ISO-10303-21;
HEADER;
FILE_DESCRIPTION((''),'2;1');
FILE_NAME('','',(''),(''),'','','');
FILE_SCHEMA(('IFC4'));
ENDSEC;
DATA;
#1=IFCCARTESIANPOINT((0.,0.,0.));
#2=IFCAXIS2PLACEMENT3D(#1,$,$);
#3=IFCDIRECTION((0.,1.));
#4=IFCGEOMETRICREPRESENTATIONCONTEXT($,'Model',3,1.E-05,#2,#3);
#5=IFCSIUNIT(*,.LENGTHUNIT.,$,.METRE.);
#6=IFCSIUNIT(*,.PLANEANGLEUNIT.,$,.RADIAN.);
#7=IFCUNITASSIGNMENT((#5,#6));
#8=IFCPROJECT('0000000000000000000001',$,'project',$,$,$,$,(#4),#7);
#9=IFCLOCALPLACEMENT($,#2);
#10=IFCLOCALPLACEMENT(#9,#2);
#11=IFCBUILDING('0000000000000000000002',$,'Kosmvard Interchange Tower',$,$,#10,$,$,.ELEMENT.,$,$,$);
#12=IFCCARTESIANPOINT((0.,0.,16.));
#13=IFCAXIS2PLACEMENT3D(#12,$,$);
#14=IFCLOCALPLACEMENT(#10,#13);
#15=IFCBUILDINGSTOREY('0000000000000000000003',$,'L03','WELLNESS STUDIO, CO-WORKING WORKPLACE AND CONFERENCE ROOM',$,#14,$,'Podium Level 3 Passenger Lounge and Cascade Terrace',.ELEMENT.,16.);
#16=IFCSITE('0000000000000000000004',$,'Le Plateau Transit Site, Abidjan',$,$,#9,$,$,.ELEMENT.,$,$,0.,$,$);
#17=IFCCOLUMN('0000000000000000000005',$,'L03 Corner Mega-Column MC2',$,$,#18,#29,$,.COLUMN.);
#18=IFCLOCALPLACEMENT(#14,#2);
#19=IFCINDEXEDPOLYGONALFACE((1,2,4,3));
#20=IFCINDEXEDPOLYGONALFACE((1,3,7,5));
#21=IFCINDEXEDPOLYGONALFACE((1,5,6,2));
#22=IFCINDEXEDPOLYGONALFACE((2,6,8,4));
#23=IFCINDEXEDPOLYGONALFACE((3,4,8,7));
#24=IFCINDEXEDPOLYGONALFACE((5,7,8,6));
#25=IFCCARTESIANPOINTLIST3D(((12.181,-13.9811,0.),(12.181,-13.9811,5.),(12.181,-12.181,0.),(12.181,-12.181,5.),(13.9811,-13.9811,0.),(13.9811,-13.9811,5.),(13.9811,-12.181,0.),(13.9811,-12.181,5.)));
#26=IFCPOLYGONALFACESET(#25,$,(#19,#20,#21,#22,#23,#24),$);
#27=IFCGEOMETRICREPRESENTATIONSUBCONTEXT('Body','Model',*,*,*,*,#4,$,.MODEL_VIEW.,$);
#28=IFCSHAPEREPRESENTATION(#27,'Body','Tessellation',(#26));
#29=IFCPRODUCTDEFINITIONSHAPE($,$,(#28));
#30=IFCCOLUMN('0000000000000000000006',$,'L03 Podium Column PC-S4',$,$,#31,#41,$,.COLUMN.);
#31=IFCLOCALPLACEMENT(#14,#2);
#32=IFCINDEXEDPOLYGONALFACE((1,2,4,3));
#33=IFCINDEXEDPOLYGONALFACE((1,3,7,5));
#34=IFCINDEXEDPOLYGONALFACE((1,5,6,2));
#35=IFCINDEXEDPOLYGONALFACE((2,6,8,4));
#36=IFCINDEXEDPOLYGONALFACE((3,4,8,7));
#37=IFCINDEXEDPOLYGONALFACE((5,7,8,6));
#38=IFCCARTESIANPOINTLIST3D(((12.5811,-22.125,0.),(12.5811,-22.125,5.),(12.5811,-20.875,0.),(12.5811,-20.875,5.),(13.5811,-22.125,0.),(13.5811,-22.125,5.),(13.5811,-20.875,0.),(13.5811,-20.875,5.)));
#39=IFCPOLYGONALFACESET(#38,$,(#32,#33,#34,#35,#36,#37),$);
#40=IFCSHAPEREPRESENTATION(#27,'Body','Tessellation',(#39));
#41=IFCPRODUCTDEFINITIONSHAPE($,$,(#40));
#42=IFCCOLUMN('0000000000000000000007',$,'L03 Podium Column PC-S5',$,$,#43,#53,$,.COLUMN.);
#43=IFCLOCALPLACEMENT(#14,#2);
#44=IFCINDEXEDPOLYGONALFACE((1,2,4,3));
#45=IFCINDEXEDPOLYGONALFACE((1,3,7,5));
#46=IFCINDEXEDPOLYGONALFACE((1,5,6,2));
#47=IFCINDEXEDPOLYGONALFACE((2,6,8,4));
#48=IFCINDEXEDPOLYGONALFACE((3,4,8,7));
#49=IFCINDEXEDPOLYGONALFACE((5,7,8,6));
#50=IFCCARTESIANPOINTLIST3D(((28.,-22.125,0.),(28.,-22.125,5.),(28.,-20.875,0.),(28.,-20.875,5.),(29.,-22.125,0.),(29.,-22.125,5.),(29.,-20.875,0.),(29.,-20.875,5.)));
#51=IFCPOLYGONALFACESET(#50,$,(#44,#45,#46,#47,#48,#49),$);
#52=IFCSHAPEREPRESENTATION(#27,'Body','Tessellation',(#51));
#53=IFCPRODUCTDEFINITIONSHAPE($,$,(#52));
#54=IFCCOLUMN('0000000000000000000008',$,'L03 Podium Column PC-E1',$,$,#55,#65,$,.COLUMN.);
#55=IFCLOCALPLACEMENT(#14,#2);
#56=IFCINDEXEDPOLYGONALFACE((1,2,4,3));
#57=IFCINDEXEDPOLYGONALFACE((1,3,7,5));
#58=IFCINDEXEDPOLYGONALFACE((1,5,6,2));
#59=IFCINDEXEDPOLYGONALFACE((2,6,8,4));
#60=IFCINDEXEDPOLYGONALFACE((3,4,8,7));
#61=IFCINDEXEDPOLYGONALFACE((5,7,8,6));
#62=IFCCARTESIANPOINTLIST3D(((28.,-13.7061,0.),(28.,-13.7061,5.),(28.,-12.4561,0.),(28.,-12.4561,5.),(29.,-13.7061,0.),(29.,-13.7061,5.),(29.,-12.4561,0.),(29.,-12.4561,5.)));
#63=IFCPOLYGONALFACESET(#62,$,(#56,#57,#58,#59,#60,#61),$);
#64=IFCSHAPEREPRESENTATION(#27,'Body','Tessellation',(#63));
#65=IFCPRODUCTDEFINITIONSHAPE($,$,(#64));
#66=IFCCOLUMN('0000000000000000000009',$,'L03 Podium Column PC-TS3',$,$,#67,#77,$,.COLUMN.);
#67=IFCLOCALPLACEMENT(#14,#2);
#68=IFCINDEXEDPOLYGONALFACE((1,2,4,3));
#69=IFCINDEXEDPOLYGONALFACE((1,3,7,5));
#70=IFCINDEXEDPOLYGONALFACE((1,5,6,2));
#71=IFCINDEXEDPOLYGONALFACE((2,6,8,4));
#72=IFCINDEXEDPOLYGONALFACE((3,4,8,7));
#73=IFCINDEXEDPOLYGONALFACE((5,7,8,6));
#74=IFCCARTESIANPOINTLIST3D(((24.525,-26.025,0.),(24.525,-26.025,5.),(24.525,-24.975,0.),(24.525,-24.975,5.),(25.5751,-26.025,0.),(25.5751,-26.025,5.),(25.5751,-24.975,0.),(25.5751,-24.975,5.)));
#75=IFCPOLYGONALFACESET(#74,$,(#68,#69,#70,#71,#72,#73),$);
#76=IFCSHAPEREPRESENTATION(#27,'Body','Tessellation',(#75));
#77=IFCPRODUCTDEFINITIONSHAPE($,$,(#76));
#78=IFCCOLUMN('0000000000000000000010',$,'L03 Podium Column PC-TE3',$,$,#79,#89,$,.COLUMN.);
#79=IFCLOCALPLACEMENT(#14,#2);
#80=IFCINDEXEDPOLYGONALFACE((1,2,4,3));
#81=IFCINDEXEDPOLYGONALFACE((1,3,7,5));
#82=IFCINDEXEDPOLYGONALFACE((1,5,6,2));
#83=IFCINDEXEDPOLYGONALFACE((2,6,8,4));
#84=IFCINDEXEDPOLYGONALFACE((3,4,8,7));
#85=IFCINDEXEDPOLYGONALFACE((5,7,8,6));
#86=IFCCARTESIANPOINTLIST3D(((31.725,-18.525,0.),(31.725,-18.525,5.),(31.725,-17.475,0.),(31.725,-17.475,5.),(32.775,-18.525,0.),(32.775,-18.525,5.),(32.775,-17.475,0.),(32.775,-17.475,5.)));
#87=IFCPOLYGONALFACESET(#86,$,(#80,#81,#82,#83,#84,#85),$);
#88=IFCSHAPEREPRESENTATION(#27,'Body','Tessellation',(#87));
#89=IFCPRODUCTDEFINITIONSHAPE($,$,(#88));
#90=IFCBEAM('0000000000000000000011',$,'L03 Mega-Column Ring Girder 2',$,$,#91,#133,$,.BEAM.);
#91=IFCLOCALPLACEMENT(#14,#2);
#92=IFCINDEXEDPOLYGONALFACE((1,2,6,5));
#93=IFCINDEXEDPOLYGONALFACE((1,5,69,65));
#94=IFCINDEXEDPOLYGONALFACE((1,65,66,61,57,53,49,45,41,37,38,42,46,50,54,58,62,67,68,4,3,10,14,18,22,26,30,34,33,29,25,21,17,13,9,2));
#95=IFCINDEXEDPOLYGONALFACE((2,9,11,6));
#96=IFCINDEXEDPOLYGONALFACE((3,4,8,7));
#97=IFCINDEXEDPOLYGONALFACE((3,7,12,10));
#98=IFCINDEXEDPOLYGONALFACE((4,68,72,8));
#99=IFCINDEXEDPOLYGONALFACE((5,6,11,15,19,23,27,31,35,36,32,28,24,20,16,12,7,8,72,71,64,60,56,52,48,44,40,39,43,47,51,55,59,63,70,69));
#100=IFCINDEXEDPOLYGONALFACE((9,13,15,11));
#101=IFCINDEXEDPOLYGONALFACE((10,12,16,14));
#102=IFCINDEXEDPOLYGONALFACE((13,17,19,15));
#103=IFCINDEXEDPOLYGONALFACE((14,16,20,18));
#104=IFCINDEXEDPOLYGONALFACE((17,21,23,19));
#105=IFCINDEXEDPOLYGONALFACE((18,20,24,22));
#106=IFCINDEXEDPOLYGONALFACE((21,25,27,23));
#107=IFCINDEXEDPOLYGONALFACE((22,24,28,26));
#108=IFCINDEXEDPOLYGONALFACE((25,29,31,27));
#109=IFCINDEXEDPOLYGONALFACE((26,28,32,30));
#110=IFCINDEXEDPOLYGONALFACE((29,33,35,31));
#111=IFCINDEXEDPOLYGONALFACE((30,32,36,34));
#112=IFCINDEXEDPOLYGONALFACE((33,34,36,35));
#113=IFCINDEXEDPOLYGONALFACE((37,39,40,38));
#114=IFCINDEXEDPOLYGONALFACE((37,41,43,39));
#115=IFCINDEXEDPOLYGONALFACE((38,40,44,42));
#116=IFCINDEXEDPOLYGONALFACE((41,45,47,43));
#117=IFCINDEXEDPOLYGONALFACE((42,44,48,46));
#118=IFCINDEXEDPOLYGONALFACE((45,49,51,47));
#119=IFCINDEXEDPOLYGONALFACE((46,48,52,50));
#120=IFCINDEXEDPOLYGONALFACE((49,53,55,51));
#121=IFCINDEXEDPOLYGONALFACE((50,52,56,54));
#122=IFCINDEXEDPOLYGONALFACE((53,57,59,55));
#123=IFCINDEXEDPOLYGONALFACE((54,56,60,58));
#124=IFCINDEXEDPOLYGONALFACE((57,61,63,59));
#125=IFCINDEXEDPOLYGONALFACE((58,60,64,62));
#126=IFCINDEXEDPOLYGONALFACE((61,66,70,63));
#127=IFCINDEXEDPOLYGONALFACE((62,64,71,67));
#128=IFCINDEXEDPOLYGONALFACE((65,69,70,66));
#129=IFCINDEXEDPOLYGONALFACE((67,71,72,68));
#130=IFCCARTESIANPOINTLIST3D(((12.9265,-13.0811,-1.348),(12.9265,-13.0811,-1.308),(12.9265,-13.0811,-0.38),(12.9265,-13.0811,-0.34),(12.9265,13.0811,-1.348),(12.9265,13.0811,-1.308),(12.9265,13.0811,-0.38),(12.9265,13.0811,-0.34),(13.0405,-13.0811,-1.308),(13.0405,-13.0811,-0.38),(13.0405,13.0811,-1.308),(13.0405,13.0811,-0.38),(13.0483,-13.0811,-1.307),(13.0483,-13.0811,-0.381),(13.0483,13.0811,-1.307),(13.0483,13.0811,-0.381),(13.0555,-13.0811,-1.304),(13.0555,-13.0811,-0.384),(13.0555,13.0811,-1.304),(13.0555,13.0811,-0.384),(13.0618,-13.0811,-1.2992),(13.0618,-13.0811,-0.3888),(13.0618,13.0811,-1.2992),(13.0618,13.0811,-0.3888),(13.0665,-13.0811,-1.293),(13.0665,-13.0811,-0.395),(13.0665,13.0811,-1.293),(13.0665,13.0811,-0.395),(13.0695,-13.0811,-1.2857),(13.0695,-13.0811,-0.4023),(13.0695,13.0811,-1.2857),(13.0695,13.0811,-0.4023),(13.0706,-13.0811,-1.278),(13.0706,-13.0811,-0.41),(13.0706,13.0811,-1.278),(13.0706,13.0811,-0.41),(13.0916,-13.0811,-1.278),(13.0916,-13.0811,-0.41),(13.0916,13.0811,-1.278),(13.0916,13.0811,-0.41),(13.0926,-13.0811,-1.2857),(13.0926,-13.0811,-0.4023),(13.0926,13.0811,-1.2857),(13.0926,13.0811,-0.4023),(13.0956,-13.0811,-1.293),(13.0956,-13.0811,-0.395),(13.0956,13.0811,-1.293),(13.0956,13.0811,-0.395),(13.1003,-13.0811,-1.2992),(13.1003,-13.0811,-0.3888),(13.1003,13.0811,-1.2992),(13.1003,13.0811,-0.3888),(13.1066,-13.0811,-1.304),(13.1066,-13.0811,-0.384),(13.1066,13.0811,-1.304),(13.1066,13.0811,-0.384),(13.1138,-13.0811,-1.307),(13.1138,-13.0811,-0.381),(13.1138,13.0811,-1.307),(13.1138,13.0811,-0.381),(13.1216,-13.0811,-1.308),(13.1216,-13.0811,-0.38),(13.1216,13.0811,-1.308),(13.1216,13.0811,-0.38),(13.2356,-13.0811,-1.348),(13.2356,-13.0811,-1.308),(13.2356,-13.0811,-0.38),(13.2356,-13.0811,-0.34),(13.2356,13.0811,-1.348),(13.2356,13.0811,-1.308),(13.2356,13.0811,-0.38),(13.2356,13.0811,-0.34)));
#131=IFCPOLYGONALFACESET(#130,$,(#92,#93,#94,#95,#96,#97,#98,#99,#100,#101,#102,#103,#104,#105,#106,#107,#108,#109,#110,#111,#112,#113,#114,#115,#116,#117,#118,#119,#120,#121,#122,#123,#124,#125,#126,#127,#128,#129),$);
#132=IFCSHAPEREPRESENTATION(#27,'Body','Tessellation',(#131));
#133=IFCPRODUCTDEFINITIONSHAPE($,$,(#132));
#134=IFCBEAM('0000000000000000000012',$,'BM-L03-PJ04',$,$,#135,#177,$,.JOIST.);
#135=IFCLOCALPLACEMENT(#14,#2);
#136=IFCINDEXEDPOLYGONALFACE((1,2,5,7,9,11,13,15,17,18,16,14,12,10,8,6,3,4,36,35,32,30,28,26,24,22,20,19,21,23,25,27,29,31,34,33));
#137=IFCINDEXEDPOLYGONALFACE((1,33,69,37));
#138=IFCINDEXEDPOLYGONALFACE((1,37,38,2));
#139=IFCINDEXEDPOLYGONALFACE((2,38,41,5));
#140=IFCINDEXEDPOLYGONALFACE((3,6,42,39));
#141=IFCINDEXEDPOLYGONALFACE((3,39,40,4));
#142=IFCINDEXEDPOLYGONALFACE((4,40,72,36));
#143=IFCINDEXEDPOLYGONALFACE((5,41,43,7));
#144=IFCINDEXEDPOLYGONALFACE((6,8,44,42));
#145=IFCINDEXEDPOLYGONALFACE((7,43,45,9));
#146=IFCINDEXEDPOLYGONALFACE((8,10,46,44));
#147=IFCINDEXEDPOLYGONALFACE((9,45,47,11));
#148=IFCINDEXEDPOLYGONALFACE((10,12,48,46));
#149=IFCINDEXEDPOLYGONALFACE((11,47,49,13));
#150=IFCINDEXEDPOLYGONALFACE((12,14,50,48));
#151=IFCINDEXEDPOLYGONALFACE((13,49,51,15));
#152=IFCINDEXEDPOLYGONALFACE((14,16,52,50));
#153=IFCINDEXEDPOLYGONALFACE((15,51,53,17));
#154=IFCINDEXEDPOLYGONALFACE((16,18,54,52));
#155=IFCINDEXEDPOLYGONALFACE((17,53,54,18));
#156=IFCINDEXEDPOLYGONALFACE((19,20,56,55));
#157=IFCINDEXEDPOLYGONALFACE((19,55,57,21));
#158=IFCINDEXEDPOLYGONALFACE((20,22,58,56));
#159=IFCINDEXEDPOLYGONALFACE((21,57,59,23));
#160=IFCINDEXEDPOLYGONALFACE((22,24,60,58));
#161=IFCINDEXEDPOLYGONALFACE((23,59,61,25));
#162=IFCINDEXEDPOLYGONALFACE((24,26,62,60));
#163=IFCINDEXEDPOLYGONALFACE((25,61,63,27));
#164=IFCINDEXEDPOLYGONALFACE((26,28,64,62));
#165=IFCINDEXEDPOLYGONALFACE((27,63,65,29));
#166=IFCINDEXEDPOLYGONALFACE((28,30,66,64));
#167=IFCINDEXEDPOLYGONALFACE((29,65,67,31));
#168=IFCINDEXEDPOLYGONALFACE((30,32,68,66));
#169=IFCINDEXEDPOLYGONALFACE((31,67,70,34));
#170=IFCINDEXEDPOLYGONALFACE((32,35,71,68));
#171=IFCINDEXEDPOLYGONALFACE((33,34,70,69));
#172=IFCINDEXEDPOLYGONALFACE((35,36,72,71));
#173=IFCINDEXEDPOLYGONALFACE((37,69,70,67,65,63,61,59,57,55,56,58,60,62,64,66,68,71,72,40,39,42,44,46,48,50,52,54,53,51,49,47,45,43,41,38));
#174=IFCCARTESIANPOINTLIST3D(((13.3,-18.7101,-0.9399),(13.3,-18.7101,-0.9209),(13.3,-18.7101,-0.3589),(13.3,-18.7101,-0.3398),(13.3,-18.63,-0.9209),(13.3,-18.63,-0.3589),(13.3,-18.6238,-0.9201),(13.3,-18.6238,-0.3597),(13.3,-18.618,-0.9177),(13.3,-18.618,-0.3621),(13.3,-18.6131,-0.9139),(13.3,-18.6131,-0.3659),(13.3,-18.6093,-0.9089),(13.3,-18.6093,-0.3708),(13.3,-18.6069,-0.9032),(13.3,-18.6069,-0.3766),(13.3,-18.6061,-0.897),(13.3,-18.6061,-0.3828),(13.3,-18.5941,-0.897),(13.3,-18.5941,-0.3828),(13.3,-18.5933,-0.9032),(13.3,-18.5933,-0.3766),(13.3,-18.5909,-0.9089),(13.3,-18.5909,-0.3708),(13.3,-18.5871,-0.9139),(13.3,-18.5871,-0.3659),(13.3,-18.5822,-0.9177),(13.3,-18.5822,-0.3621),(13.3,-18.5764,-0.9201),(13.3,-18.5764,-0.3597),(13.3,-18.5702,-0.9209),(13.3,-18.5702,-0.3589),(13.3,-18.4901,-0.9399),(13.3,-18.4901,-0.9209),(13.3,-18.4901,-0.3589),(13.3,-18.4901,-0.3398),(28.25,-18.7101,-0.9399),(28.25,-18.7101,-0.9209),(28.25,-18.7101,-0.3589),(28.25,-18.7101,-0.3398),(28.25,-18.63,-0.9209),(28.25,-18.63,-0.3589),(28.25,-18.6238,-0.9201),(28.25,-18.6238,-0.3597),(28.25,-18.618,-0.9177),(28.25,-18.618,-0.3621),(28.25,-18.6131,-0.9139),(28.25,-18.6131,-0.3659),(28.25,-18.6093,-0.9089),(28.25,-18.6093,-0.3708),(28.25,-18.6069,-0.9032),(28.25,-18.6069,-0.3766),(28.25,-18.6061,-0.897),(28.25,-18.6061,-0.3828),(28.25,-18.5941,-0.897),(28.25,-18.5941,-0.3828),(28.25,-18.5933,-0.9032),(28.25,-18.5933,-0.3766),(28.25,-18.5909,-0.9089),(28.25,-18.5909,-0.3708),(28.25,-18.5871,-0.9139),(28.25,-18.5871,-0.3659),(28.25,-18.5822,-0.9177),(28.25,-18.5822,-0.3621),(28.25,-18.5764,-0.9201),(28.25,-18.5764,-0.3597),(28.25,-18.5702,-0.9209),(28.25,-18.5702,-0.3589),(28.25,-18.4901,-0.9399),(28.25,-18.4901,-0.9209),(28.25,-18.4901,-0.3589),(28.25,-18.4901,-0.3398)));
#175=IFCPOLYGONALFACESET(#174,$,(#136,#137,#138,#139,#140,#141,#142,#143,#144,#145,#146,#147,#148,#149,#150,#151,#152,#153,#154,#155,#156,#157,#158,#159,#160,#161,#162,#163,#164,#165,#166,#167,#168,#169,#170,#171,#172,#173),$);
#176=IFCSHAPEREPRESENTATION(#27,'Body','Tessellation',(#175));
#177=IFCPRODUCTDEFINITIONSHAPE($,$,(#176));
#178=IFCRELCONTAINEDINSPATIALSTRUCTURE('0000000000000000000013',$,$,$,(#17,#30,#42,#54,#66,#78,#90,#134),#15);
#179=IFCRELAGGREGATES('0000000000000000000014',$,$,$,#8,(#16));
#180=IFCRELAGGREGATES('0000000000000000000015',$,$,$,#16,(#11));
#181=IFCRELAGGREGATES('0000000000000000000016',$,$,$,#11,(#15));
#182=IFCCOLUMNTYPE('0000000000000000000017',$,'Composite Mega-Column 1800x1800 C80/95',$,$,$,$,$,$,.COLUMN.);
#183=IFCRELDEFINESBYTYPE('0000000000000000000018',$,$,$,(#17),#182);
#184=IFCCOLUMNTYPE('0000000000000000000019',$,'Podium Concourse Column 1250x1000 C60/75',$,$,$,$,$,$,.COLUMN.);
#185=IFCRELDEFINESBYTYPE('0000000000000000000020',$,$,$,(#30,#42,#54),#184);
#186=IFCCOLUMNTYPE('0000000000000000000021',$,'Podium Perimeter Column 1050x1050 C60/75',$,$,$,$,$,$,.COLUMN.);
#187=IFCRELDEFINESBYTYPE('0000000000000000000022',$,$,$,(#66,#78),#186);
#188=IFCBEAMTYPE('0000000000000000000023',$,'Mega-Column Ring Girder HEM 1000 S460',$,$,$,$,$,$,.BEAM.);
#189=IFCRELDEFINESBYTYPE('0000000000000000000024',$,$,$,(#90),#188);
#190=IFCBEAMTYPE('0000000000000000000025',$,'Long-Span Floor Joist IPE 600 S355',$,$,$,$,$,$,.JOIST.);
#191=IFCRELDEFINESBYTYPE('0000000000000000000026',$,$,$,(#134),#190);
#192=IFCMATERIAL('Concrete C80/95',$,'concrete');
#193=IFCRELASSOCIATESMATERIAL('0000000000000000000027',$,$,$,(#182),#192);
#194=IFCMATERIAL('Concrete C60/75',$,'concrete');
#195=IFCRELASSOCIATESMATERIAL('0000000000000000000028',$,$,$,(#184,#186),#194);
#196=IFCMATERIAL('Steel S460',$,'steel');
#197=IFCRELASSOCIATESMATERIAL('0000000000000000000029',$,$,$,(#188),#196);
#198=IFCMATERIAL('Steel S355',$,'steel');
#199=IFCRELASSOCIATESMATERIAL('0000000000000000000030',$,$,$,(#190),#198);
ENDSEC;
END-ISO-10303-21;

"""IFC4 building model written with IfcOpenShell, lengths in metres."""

from ifc_helpers import new_model, si_unit, direction, frame, origin, origin_2d, place, context, subcontext, project, spatial, rectangle, i_section, extrude, source, transform, mapped, material, material_profile, profile_set, type_object, element, save


model = new_model("IFC4")

# Units and contexts
model_context = context("Model", 3, precision=1e-05, world=origin(), true_north=direction((0.0, 1.0)))
body_context = subcontext(model_context, "Body", "Model", "MODEL_VIEW")
ifc_project = project(units=[si_unit("LENGTHUNIT", "METRE"), si_unit("PLANEANGLEUNIT", "RADIAN")], contexts=[model_context])

# Site, building, storey
site_placement = place(None, origin())
site = spatial("IfcSite", under=ifc_project, at=site_placement, Name="Le Plateau Transit Site, Abidjan", CompositionType="ELEMENT", RefElevation=0.0)
building_placement = place(site_placement, origin())
building = spatial("IfcBuilding", under=site, at=building_placement, Name="Kosmvard Interchange Tower", CompositionType="ELEMENT")
storey_placement = place(building_placement, frame((0.0, 0.0, 16.0)))
storey = spatial("IfcBuildingStorey", under=building, at=storey_placement, Name="L03", Description="WELLNESS STUDIO, CO-WORKING WORKPLACE AND CONFERENCE ROOM", LongName="Podium Level 3 Passenger Lounge and Cascade Terrace", CompositionType="ELEMENT", Elevation=16.0)

# Columns
ifc_material_1 = material(Name="Concrete C80/95", Category="concrete")
ifc_material_profile_1 = material_profile(ifc_material_1, rectangle(XDim=1.8, YDim=1.8, at=origin_2d()), Name="MC 1800x1800")
ifc_profile_set_1 = profile_set([ifc_material_profile_1], Name="Concrete C80/95")
column_type_1 = type_object("IfcColumnType", Name="Composite Mega-Column 1800x1800 C80/95", PredefinedType="COLUMN", material=ifc_profile_set_1)
shared_shape_1 = source(origin(), body_context, "Body", "SweptSolid", [
    extrude(rectangle(XDim=1.8, YDim=1.8, at=origin_2d()), origin(), (0.0, 0.0, 1.0), 5.0),
])
column_placement = place(storey_placement, frame((13.0811, -13.0811, 0.0), z_axis=(0.0, 0.0, 1.0), x_axis=(1.0, 0.0, 0.0)))
element("IfcColumn", 1, at=column_placement, inside=storey, type_object=column_type_1, Name="L03 Corner Mega-Column MC2", PredefinedType="COLUMN", context=body_context, shape_type="MappedRepresentation", body=[
    mapped(shared_shape_1, transform((0.0, 0.0, 0.0), scale=1.0)),
])
ifc_material_2 = material(Name="Concrete C60/75", Category="concrete")
ifc_material_profile_2 = material_profile(ifc_material_2, rectangle(XDim=1.0, YDim=1.25, at=origin_2d()), Name="PC 1250x1000")
ifc_profile_set_2 = profile_set([ifc_material_profile_2], Name="Concrete C60/75")
column_type_2 = type_object("IfcColumnType", Name="Podium Concourse Column 1250x1000 C60/75", PredefinedType="COLUMN", material=ifc_profile_set_2)
shared_shape_2 = source(origin(), body_context, "Body", "SweptSolid", [
    extrude(rectangle(XDim=1.0, YDim=1.25, at=origin_2d()), origin(), (0.0, 0.0, 1.0), 5.0),
])
for number, where, z_axis, x_axis, name in (
    (2, (13.0811, -21.5, 0.0), (0.0, 0.0, 1.0), (1.0, 0.0, 0.0), "L03 Podium Column PC-S4"),
    (3, (28.5, -21.5, 0.0), (0.0, 0.0, 1.0), (1.0, 0.0, 0.0), "L03 Podium Column PC-S5"),
    (4, (28.5, -13.0811, 0.0), (0.0, 0.0, 1.0), (1.0, 0.0, 0.0), "L03 Podium Column PC-E1"),
):
    element("IfcColumn", number, at=place(storey_placement, frame(where, z_axis=z_axis, x_axis=x_axis)), inside=storey, type_object=column_type_2, Name=name, PredefinedType="COLUMN", context=body_context, shape_type="MappedRepresentation", body=[
        mapped(shared_shape_2, transform((0.0, 0.0, 0.0), scale=1.0)),
    ])
ifc_material_profile_3 = material_profile(ifc_material_2, rectangle(XDim=1.05, YDim=1.05, at=origin_2d()), Name="PC 1050x1050")
ifc_profile_set_3 = profile_set([ifc_material_profile_3], Name="Concrete C60/75")
column_type_3 = type_object("IfcColumnType", Name="Podium Perimeter Column 1050x1050 C60/75", PredefinedType="COLUMN", material=ifc_profile_set_3)
shared_shape_3 = source(origin(), body_context, "Body", "SweptSolid", [
    extrude(rectangle(XDim=1.05, YDim=1.05, at=origin_2d()), origin(), (0.0, 0.0, 1.0), 5.0),
])
for number, where, z_axis, x_axis, name in (
    (5, (25.05, -25.5, 0.0), (0.0, 0.0, 1.0), (1.0, 0.0, 0.0), "L03 Podium Column PC-TS3"),
    (6, (32.25, -18.0, 0.0), (0.0, 0.0, 1.0), (1.0, 0.0, 0.0), "L03 Podium Column PC-TE3"),
):
    element("IfcColumn", number, at=place(storey_placement, frame(where, z_axis=z_axis, x_axis=x_axis)), inside=storey, type_object=column_type_3, Name=name, PredefinedType="COLUMN", context=body_context, shape_type="MappedRepresentation", body=[
        mapped(shared_shape_3, transform((0.0, 0.0, 0.0), scale=1.0)),
    ])

# Beams
ifc_material_3 = material(Name="Steel S460", Category="steel")
ifc_material_profile_4 = material_profile(ifc_material_3, i_section(OverallWidth=0.3091, OverallDepth=1.0081, WebThickness=0.021, FlangeThickness=0.04, FilletRadius=0.03, at=origin_2d()), Name="HEM 1000")
ifc_profile_set_4 = profile_set([ifc_material_profile_4], Name="Steel S460")
beam_type_1 = type_object("IfcBeamType", Name="Mega-Column Ring Girder HEM 1000 S460", PredefinedType="BEAM", material=ifc_profile_set_4)
shared_shape_4 = source(origin(), body_context, "Body", "SweptSolid", [
    extrude(i_section(OverallWidth=0.3091, OverallDepth=1.0081, WebThickness=0.021, FlangeThickness=0.04, FilletRadius=0.03, at=origin_2d()), origin(), (0.0, 0.0, 1.0), 26.1621),
])
beam_1_placement = place(storey_placement, frame((13.0811, -13.0811, -0.844), z_axis=(0.0, 1.0, 0.0), x_axis=(-1.0, 0.0, 0.0)))
element("IfcBeam", 7, at=beam_1_placement, inside=storey, type_object=beam_type_1, Name="L03 Mega-Column Ring Girder 2", PredefinedType="BEAM", context=body_context, shape_type="MappedRepresentation", body=[
    mapped(shared_shape_4, transform((0.0, 0.0, 0.0), scale=1.0)),
])
ifc_material_4 = material(Name="Steel S355", Category="steel")
ifc_material_profile_5 = material_profile(ifc_material_4, i_section(OverallWidth=0.22, OverallDepth=0.6001, WebThickness=0.012, FlangeThickness=0.019, FilletRadius=0.0239, at=origin_2d()), Name="IPE 600")
ifc_profile_set_5 = profile_set([ifc_material_profile_5], Name="Steel S355")
beam_type_2 = type_object("IfcBeamType", Name="Long-Span Floor Joist IPE 600 S355", PredefinedType="JOIST", material=ifc_profile_set_5)
shared_shape_5 = source(origin(), body_context, "Body", "SweptSolid", [
    extrude(i_section(OverallWidth=0.22, OverallDepth=0.6001, WebThickness=0.012, FlangeThickness=0.019, FilletRadius=0.0239, at=origin_2d()), origin(), (0.0, 0.0, 1.0), 14.95),
])
for number, where, z_axis, x_axis, name in (
    (8, (13.3, -18.6001, -0.6399), (1.0, 0.0, 0.0), (0.0, 1.0, 0.0), "BM-L03-PJ04"),
):
    element("IfcBeam", number, at=place(storey_placement, frame(where, z_axis=z_axis, x_axis=x_axis)), inside=storey, type_object=beam_type_2, Name=name, PredefinedType="JOIST", context=body_context, shape_type="MappedRepresentation", body=[
        mapped(shared_shape_5, transform((0.0, 0.0, 0.0), scale=1.0)),
    ])

save(model, "model.ifc")
